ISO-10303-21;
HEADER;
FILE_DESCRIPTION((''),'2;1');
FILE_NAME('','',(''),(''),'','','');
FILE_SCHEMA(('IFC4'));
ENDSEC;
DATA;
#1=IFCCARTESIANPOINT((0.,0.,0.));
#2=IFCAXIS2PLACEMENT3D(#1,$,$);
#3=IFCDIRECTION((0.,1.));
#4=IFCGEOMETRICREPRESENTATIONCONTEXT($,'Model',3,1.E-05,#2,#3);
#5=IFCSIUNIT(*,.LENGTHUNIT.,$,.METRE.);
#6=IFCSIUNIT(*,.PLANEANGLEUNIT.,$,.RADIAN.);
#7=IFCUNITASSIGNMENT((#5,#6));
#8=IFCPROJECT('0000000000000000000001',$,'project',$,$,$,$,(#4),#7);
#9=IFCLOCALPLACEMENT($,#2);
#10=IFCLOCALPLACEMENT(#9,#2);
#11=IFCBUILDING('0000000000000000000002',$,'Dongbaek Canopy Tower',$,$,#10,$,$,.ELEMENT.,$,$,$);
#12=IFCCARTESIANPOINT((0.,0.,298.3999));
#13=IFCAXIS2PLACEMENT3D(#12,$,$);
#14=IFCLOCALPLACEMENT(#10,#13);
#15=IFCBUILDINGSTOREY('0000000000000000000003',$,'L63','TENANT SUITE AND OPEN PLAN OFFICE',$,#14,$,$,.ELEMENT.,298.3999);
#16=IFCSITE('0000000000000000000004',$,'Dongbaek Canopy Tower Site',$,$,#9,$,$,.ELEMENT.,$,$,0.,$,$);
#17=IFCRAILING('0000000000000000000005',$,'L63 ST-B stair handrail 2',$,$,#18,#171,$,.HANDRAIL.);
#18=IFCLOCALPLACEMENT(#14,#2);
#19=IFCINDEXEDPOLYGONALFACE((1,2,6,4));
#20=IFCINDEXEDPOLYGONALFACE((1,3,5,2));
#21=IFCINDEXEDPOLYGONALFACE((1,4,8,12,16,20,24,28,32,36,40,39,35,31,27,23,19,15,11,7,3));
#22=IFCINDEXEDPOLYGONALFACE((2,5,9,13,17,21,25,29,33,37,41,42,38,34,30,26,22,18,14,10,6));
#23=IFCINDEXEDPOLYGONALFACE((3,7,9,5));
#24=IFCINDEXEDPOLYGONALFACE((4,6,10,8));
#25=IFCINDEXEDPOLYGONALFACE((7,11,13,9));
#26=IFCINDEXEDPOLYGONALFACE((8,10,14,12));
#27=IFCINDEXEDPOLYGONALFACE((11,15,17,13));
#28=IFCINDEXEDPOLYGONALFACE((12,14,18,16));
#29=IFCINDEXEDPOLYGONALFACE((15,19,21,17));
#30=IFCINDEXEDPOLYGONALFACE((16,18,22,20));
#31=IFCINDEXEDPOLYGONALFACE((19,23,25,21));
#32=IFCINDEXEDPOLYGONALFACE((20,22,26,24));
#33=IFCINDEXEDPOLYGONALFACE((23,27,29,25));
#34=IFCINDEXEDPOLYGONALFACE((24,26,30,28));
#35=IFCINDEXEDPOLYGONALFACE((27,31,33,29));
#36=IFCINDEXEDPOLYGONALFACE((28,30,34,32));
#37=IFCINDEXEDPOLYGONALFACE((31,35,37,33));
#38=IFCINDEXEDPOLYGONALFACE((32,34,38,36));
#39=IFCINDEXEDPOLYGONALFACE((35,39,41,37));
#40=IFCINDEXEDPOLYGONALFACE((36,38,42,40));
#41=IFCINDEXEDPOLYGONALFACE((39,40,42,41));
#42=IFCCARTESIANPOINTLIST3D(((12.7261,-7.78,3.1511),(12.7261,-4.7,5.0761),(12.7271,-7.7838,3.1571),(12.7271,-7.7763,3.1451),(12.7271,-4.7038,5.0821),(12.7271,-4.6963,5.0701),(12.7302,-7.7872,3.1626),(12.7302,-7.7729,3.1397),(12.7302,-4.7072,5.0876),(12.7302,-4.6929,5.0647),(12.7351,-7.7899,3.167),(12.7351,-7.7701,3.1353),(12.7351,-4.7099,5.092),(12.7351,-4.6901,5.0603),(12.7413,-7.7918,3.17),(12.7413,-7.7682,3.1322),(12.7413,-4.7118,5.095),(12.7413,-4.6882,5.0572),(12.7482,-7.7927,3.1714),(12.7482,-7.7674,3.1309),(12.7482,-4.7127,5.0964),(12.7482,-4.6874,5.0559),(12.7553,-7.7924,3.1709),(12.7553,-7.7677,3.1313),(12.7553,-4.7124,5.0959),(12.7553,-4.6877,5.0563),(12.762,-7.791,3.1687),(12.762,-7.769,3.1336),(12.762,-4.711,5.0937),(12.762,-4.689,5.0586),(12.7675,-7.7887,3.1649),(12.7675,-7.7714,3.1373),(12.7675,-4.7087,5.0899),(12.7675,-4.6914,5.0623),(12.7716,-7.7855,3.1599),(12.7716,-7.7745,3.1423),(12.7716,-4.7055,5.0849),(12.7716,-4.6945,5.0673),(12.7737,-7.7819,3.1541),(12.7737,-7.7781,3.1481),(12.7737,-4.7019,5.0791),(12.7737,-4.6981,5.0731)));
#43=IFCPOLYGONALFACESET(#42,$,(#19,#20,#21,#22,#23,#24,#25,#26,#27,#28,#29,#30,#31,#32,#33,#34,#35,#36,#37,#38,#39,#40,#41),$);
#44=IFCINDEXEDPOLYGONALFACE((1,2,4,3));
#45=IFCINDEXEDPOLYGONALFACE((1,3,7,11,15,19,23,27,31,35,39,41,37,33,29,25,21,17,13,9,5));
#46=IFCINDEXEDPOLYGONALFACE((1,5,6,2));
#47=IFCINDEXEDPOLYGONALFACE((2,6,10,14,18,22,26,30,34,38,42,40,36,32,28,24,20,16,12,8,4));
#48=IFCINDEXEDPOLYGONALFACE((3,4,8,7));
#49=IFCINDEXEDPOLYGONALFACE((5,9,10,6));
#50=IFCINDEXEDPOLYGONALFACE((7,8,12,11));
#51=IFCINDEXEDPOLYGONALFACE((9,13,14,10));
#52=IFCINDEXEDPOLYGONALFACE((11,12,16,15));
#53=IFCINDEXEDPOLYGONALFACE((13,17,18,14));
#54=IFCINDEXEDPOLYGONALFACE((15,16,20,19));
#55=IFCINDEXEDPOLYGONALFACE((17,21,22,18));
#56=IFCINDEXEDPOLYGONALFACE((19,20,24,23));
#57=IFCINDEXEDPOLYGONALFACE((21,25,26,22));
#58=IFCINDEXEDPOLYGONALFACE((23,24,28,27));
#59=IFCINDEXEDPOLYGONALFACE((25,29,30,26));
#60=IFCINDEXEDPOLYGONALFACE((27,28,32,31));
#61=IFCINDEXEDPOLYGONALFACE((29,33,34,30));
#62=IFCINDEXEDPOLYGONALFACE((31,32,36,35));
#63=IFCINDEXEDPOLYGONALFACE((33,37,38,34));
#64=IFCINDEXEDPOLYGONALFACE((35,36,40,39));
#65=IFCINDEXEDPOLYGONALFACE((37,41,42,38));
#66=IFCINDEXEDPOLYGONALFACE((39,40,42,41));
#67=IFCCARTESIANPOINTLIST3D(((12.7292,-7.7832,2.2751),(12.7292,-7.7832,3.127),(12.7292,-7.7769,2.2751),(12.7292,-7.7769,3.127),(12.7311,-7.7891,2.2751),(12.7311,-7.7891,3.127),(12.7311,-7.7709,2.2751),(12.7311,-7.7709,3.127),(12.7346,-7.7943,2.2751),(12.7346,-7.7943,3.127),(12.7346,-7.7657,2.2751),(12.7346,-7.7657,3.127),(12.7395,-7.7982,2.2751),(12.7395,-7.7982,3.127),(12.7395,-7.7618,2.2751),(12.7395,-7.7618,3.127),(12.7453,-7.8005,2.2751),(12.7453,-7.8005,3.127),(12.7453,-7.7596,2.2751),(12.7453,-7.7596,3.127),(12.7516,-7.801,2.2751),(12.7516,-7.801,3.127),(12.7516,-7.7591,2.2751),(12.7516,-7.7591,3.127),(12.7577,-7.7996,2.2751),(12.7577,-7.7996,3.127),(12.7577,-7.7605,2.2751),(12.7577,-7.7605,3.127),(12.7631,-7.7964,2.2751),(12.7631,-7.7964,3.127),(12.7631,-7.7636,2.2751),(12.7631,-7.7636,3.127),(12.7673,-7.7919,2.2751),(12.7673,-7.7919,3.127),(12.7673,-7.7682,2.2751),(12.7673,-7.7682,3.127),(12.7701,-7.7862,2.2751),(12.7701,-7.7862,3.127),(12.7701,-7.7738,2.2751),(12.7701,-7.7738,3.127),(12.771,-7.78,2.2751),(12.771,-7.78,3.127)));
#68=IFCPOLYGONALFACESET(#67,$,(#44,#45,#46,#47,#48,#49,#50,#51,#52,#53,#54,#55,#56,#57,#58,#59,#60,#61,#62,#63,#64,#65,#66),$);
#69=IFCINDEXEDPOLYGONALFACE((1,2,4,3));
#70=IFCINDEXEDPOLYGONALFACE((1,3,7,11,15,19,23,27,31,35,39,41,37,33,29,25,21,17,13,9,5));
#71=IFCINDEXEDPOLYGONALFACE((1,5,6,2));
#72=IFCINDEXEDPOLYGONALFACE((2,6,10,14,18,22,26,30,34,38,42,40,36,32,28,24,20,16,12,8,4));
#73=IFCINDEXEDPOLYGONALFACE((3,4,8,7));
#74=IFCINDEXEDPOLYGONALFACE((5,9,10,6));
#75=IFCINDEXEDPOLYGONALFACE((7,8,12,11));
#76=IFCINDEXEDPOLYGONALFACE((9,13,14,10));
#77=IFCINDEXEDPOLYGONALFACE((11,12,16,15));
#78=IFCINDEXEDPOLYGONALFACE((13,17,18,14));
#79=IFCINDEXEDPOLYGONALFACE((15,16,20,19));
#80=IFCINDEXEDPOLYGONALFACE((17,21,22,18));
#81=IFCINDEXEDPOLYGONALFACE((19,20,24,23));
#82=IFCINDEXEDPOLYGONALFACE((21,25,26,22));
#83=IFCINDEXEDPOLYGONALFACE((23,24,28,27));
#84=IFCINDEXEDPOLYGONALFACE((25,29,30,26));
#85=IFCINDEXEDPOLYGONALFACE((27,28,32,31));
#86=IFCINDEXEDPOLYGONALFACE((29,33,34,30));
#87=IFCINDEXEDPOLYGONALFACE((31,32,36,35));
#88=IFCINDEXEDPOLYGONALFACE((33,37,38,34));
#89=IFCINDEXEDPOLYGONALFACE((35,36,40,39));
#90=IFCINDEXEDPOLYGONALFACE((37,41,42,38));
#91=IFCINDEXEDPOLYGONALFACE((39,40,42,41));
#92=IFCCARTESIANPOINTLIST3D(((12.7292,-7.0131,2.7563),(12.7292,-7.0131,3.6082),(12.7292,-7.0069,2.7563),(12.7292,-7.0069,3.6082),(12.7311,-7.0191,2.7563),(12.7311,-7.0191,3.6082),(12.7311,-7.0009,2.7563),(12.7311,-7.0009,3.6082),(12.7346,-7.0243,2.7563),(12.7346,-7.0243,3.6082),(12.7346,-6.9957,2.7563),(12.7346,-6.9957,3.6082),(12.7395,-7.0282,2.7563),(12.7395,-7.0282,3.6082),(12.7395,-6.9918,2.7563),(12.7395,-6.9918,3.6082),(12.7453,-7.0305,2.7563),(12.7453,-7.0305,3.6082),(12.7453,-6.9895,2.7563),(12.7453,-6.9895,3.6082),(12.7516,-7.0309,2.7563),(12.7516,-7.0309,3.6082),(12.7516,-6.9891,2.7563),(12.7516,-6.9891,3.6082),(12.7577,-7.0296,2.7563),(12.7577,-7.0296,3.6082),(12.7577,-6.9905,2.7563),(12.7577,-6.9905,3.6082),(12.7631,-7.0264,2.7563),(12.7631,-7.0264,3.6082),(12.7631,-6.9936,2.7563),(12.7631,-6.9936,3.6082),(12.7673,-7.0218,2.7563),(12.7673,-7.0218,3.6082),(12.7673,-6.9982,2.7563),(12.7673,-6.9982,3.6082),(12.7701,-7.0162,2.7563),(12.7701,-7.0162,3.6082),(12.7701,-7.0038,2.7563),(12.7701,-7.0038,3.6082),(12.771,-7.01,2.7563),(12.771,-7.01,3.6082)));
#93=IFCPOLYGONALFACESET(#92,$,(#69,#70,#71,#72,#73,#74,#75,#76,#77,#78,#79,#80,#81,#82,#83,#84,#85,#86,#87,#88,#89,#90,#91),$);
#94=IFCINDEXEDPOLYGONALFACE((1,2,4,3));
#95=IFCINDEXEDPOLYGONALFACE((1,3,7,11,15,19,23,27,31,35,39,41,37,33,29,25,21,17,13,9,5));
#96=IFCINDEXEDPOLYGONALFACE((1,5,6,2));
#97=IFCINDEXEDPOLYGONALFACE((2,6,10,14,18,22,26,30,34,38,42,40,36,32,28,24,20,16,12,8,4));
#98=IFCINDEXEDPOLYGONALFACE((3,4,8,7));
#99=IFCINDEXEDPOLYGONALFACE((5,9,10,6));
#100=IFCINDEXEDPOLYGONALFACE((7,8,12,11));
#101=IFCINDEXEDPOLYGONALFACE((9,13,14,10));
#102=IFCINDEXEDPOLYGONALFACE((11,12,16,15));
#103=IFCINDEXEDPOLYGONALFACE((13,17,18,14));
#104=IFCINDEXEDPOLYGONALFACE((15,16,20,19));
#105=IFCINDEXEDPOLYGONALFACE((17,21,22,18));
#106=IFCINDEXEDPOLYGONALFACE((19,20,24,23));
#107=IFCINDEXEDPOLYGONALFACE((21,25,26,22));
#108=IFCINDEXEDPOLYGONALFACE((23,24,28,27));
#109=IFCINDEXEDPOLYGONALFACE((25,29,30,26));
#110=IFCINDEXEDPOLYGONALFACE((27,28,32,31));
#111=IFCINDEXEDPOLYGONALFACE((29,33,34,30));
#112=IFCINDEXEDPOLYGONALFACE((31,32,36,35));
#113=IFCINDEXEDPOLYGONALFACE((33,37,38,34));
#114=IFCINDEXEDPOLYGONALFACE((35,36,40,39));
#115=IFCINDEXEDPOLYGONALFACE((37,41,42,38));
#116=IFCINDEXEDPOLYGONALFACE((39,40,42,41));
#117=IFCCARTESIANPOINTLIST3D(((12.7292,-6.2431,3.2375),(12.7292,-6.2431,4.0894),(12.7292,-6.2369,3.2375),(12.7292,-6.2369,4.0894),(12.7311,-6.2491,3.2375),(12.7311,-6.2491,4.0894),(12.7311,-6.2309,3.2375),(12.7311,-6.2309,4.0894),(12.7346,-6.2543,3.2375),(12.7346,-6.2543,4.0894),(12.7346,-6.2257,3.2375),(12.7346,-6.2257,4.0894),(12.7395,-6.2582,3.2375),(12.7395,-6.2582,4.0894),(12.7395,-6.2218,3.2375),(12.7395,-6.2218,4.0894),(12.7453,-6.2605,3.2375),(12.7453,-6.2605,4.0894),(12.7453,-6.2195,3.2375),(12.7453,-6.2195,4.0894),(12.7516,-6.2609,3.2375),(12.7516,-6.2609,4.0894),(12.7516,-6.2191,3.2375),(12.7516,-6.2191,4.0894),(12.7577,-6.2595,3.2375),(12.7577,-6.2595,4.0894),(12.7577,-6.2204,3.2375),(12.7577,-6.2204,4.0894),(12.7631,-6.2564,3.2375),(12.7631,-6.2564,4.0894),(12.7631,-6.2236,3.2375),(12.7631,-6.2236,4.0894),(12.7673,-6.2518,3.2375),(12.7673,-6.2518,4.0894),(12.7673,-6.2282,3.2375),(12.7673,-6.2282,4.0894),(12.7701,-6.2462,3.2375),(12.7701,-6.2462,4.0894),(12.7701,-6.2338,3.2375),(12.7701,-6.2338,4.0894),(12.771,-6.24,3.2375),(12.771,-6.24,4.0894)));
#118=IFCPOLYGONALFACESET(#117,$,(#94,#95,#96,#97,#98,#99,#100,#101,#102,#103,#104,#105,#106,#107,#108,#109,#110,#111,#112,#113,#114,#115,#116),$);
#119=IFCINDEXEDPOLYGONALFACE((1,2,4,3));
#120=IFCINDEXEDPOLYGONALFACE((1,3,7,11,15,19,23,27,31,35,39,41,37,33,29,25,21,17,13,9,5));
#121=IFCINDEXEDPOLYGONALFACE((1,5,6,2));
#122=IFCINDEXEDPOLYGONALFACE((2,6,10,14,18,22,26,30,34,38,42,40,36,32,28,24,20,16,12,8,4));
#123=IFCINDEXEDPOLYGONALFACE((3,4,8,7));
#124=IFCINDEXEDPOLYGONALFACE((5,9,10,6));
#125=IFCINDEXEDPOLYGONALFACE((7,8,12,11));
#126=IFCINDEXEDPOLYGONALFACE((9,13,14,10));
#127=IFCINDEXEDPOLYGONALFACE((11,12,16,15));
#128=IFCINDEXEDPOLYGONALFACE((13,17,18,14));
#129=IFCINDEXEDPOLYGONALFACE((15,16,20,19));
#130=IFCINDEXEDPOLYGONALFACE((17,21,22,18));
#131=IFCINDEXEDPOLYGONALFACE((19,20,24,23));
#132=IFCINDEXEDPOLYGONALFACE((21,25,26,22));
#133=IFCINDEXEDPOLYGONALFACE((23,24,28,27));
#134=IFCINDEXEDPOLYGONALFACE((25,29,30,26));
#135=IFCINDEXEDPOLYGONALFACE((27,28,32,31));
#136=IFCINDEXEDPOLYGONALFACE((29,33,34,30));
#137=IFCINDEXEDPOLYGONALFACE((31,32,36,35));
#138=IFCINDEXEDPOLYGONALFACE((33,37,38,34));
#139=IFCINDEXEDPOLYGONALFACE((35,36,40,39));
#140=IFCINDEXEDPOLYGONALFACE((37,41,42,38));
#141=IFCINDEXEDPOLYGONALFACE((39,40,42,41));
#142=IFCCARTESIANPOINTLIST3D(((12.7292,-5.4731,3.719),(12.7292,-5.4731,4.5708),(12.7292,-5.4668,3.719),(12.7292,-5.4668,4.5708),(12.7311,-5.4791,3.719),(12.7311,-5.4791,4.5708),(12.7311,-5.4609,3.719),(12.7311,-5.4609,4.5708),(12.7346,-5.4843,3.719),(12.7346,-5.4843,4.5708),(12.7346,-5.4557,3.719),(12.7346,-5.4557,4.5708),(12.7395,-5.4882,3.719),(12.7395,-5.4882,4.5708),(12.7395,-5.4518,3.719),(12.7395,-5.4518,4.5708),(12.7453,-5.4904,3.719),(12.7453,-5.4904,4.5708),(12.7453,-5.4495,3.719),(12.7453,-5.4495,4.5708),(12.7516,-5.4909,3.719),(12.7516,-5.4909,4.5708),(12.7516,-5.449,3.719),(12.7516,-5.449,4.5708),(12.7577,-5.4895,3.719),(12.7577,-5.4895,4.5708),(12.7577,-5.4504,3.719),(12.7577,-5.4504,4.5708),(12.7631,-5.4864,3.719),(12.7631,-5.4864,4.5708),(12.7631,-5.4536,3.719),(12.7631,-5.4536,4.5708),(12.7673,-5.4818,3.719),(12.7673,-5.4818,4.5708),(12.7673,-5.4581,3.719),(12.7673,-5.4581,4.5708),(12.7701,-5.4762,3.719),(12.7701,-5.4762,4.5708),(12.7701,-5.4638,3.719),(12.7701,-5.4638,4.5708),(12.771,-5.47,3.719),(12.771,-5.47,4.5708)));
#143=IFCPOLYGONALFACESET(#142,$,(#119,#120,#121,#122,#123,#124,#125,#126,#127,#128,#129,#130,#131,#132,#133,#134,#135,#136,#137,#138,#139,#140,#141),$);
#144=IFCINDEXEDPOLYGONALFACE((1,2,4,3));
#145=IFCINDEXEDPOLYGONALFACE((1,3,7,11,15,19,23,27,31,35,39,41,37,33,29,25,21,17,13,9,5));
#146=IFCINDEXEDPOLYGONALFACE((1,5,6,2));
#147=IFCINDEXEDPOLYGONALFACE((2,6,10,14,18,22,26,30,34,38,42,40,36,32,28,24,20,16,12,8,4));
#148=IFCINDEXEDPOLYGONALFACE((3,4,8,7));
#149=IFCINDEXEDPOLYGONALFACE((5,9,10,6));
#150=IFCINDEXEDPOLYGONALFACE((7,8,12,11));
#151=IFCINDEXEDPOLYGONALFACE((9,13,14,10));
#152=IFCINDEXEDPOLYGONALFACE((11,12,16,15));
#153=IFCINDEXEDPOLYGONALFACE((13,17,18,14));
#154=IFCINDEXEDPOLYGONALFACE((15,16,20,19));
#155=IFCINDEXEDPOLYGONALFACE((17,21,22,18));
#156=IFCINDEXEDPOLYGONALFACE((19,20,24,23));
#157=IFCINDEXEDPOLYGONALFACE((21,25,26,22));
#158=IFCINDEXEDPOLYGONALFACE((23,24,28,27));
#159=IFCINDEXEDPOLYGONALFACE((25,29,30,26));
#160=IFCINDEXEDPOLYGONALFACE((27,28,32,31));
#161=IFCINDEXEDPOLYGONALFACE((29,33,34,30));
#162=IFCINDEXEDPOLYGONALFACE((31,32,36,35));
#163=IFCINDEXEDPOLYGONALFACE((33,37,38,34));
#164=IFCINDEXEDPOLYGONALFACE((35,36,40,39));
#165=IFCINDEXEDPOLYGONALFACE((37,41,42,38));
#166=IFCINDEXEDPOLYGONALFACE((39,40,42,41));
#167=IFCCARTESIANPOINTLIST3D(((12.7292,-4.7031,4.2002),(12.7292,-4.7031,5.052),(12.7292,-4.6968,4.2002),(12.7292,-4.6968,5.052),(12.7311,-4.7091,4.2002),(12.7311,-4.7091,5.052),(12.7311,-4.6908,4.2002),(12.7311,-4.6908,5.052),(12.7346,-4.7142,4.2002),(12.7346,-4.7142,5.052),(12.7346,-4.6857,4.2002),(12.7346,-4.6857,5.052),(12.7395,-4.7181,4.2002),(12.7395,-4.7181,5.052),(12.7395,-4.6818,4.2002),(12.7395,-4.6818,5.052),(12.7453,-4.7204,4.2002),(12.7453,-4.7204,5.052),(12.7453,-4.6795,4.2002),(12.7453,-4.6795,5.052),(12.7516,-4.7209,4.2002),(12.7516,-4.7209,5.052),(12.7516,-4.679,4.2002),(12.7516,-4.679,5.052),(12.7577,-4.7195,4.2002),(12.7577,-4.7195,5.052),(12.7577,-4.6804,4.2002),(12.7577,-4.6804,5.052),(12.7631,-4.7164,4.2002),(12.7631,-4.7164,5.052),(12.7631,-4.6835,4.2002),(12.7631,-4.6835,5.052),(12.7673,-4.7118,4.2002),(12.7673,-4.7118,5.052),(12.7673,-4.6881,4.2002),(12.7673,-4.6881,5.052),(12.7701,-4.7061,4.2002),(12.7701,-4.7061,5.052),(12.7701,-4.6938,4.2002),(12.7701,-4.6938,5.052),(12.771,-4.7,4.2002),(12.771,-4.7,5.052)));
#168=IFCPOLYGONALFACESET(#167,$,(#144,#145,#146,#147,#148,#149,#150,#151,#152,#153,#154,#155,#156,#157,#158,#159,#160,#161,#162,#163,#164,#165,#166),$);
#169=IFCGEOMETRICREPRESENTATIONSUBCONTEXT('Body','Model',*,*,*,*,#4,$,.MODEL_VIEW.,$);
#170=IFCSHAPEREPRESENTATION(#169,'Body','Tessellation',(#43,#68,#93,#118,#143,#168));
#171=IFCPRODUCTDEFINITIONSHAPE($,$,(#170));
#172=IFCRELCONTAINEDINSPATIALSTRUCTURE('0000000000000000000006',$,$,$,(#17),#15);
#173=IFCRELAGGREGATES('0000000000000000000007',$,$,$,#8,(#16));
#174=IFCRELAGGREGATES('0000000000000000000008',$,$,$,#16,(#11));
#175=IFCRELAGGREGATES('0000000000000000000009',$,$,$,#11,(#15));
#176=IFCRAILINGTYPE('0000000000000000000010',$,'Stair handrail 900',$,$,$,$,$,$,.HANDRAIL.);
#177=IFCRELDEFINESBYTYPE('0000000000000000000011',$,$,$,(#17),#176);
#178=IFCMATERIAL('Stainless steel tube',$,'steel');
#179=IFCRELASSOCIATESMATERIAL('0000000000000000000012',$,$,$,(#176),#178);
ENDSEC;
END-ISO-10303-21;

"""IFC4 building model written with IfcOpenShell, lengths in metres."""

from ifc_helpers import new_model, si_unit, direction, frame, origin, origin_2d, place, context, subcontext, project, spatial, circle, extrude, material, type_object, element, save


model = new_model("IFC4")

# Units and contexts
model_context = context("Model", 3, precision=1e-05, world=origin(), true_north=direction((0.0, 1.0)))
body_context = subcontext(model_context, "Body", "Model", "MODEL_VIEW")
ifc_project = project(units=[si_unit("LENGTHUNIT", "METRE"), si_unit("PLANEANGLEUNIT", "RADIAN")], contexts=[model_context])

# Site, building, storey
site_placement = place(None, origin())
site = spatial("IfcSite", under=ifc_project, at=site_placement, Name="Dongbaek Canopy Tower Site", CompositionType="ELEMENT", RefElevation=0.0)
building_placement = place(site_placement, origin())
building = spatial("IfcBuilding", under=site, at=building_placement, Name="Dongbaek Canopy Tower", CompositionType="ELEMENT")
storey_placement = place(building_placement, frame((0.0, 0.0, 298.3999)))
storey = spatial("IfcBuildingStorey", under=building, at=storey_placement, Name="L63", Description="TENANT SUITE AND OPEN PLAN OFFICE", CompositionType="ELEMENT", Elevation=298.3999)

# Railing
ifc_material_1 = material(Name="Stainless steel tube", Category="steel")
railing_type_1 = type_object("IfcRailingType", Name="Stair handrail 900", PredefinedType="HANDRAIL", material=ifc_material_1)
railing_1_placement = place(storey_placement, frame((12.75, -7.78, 2.2751)))
element("IfcRailing", 1, at=railing_1_placement, inside=storey, type_object=railing_type_1, Name="L63 ST-B stair handrail 2", PredefinedType="HANDRAIL", context=body_context, shape_type="SweptSolid", body=[
    extrude(circle(Radius=0.0239, at=origin_2d()), frame((0.0, 0.0, 0.876), z_axis=(0.0, 0.847998, 0.529999), x_axis=(-1.0, 0.0, 0.0)), (0.0, 0.0, 1.0), 3.6321),
    extrude(circle(Radius=0.021, at=origin_2d()), origin(), (0.0, 0.0, 1.0), 0.8518),
    extrude(circle(Radius=0.021, at=origin_2d()), frame((0.0, 0.77, 0.4812)), (0.0, 0.0, 1.0), 0.8518),
    extrude(circle(Radius=0.021, at=origin_2d()), frame((0.0, 1.54, 0.9624)), (0.0, 0.0, 1.0), 0.8518),
    extrude(circle(Radius=0.021, at=origin_2d()), frame((0.0, 2.3101, 1.4438)), (0.0, 0.0, 1.0), 0.8518),
    extrude(circle(Radius=0.021, at=origin_2d()), frame((0.0, 3.0801, 1.925)), (0.0, 0.0, 1.0), 0.8518),
])

save(model, "model.ifc")
